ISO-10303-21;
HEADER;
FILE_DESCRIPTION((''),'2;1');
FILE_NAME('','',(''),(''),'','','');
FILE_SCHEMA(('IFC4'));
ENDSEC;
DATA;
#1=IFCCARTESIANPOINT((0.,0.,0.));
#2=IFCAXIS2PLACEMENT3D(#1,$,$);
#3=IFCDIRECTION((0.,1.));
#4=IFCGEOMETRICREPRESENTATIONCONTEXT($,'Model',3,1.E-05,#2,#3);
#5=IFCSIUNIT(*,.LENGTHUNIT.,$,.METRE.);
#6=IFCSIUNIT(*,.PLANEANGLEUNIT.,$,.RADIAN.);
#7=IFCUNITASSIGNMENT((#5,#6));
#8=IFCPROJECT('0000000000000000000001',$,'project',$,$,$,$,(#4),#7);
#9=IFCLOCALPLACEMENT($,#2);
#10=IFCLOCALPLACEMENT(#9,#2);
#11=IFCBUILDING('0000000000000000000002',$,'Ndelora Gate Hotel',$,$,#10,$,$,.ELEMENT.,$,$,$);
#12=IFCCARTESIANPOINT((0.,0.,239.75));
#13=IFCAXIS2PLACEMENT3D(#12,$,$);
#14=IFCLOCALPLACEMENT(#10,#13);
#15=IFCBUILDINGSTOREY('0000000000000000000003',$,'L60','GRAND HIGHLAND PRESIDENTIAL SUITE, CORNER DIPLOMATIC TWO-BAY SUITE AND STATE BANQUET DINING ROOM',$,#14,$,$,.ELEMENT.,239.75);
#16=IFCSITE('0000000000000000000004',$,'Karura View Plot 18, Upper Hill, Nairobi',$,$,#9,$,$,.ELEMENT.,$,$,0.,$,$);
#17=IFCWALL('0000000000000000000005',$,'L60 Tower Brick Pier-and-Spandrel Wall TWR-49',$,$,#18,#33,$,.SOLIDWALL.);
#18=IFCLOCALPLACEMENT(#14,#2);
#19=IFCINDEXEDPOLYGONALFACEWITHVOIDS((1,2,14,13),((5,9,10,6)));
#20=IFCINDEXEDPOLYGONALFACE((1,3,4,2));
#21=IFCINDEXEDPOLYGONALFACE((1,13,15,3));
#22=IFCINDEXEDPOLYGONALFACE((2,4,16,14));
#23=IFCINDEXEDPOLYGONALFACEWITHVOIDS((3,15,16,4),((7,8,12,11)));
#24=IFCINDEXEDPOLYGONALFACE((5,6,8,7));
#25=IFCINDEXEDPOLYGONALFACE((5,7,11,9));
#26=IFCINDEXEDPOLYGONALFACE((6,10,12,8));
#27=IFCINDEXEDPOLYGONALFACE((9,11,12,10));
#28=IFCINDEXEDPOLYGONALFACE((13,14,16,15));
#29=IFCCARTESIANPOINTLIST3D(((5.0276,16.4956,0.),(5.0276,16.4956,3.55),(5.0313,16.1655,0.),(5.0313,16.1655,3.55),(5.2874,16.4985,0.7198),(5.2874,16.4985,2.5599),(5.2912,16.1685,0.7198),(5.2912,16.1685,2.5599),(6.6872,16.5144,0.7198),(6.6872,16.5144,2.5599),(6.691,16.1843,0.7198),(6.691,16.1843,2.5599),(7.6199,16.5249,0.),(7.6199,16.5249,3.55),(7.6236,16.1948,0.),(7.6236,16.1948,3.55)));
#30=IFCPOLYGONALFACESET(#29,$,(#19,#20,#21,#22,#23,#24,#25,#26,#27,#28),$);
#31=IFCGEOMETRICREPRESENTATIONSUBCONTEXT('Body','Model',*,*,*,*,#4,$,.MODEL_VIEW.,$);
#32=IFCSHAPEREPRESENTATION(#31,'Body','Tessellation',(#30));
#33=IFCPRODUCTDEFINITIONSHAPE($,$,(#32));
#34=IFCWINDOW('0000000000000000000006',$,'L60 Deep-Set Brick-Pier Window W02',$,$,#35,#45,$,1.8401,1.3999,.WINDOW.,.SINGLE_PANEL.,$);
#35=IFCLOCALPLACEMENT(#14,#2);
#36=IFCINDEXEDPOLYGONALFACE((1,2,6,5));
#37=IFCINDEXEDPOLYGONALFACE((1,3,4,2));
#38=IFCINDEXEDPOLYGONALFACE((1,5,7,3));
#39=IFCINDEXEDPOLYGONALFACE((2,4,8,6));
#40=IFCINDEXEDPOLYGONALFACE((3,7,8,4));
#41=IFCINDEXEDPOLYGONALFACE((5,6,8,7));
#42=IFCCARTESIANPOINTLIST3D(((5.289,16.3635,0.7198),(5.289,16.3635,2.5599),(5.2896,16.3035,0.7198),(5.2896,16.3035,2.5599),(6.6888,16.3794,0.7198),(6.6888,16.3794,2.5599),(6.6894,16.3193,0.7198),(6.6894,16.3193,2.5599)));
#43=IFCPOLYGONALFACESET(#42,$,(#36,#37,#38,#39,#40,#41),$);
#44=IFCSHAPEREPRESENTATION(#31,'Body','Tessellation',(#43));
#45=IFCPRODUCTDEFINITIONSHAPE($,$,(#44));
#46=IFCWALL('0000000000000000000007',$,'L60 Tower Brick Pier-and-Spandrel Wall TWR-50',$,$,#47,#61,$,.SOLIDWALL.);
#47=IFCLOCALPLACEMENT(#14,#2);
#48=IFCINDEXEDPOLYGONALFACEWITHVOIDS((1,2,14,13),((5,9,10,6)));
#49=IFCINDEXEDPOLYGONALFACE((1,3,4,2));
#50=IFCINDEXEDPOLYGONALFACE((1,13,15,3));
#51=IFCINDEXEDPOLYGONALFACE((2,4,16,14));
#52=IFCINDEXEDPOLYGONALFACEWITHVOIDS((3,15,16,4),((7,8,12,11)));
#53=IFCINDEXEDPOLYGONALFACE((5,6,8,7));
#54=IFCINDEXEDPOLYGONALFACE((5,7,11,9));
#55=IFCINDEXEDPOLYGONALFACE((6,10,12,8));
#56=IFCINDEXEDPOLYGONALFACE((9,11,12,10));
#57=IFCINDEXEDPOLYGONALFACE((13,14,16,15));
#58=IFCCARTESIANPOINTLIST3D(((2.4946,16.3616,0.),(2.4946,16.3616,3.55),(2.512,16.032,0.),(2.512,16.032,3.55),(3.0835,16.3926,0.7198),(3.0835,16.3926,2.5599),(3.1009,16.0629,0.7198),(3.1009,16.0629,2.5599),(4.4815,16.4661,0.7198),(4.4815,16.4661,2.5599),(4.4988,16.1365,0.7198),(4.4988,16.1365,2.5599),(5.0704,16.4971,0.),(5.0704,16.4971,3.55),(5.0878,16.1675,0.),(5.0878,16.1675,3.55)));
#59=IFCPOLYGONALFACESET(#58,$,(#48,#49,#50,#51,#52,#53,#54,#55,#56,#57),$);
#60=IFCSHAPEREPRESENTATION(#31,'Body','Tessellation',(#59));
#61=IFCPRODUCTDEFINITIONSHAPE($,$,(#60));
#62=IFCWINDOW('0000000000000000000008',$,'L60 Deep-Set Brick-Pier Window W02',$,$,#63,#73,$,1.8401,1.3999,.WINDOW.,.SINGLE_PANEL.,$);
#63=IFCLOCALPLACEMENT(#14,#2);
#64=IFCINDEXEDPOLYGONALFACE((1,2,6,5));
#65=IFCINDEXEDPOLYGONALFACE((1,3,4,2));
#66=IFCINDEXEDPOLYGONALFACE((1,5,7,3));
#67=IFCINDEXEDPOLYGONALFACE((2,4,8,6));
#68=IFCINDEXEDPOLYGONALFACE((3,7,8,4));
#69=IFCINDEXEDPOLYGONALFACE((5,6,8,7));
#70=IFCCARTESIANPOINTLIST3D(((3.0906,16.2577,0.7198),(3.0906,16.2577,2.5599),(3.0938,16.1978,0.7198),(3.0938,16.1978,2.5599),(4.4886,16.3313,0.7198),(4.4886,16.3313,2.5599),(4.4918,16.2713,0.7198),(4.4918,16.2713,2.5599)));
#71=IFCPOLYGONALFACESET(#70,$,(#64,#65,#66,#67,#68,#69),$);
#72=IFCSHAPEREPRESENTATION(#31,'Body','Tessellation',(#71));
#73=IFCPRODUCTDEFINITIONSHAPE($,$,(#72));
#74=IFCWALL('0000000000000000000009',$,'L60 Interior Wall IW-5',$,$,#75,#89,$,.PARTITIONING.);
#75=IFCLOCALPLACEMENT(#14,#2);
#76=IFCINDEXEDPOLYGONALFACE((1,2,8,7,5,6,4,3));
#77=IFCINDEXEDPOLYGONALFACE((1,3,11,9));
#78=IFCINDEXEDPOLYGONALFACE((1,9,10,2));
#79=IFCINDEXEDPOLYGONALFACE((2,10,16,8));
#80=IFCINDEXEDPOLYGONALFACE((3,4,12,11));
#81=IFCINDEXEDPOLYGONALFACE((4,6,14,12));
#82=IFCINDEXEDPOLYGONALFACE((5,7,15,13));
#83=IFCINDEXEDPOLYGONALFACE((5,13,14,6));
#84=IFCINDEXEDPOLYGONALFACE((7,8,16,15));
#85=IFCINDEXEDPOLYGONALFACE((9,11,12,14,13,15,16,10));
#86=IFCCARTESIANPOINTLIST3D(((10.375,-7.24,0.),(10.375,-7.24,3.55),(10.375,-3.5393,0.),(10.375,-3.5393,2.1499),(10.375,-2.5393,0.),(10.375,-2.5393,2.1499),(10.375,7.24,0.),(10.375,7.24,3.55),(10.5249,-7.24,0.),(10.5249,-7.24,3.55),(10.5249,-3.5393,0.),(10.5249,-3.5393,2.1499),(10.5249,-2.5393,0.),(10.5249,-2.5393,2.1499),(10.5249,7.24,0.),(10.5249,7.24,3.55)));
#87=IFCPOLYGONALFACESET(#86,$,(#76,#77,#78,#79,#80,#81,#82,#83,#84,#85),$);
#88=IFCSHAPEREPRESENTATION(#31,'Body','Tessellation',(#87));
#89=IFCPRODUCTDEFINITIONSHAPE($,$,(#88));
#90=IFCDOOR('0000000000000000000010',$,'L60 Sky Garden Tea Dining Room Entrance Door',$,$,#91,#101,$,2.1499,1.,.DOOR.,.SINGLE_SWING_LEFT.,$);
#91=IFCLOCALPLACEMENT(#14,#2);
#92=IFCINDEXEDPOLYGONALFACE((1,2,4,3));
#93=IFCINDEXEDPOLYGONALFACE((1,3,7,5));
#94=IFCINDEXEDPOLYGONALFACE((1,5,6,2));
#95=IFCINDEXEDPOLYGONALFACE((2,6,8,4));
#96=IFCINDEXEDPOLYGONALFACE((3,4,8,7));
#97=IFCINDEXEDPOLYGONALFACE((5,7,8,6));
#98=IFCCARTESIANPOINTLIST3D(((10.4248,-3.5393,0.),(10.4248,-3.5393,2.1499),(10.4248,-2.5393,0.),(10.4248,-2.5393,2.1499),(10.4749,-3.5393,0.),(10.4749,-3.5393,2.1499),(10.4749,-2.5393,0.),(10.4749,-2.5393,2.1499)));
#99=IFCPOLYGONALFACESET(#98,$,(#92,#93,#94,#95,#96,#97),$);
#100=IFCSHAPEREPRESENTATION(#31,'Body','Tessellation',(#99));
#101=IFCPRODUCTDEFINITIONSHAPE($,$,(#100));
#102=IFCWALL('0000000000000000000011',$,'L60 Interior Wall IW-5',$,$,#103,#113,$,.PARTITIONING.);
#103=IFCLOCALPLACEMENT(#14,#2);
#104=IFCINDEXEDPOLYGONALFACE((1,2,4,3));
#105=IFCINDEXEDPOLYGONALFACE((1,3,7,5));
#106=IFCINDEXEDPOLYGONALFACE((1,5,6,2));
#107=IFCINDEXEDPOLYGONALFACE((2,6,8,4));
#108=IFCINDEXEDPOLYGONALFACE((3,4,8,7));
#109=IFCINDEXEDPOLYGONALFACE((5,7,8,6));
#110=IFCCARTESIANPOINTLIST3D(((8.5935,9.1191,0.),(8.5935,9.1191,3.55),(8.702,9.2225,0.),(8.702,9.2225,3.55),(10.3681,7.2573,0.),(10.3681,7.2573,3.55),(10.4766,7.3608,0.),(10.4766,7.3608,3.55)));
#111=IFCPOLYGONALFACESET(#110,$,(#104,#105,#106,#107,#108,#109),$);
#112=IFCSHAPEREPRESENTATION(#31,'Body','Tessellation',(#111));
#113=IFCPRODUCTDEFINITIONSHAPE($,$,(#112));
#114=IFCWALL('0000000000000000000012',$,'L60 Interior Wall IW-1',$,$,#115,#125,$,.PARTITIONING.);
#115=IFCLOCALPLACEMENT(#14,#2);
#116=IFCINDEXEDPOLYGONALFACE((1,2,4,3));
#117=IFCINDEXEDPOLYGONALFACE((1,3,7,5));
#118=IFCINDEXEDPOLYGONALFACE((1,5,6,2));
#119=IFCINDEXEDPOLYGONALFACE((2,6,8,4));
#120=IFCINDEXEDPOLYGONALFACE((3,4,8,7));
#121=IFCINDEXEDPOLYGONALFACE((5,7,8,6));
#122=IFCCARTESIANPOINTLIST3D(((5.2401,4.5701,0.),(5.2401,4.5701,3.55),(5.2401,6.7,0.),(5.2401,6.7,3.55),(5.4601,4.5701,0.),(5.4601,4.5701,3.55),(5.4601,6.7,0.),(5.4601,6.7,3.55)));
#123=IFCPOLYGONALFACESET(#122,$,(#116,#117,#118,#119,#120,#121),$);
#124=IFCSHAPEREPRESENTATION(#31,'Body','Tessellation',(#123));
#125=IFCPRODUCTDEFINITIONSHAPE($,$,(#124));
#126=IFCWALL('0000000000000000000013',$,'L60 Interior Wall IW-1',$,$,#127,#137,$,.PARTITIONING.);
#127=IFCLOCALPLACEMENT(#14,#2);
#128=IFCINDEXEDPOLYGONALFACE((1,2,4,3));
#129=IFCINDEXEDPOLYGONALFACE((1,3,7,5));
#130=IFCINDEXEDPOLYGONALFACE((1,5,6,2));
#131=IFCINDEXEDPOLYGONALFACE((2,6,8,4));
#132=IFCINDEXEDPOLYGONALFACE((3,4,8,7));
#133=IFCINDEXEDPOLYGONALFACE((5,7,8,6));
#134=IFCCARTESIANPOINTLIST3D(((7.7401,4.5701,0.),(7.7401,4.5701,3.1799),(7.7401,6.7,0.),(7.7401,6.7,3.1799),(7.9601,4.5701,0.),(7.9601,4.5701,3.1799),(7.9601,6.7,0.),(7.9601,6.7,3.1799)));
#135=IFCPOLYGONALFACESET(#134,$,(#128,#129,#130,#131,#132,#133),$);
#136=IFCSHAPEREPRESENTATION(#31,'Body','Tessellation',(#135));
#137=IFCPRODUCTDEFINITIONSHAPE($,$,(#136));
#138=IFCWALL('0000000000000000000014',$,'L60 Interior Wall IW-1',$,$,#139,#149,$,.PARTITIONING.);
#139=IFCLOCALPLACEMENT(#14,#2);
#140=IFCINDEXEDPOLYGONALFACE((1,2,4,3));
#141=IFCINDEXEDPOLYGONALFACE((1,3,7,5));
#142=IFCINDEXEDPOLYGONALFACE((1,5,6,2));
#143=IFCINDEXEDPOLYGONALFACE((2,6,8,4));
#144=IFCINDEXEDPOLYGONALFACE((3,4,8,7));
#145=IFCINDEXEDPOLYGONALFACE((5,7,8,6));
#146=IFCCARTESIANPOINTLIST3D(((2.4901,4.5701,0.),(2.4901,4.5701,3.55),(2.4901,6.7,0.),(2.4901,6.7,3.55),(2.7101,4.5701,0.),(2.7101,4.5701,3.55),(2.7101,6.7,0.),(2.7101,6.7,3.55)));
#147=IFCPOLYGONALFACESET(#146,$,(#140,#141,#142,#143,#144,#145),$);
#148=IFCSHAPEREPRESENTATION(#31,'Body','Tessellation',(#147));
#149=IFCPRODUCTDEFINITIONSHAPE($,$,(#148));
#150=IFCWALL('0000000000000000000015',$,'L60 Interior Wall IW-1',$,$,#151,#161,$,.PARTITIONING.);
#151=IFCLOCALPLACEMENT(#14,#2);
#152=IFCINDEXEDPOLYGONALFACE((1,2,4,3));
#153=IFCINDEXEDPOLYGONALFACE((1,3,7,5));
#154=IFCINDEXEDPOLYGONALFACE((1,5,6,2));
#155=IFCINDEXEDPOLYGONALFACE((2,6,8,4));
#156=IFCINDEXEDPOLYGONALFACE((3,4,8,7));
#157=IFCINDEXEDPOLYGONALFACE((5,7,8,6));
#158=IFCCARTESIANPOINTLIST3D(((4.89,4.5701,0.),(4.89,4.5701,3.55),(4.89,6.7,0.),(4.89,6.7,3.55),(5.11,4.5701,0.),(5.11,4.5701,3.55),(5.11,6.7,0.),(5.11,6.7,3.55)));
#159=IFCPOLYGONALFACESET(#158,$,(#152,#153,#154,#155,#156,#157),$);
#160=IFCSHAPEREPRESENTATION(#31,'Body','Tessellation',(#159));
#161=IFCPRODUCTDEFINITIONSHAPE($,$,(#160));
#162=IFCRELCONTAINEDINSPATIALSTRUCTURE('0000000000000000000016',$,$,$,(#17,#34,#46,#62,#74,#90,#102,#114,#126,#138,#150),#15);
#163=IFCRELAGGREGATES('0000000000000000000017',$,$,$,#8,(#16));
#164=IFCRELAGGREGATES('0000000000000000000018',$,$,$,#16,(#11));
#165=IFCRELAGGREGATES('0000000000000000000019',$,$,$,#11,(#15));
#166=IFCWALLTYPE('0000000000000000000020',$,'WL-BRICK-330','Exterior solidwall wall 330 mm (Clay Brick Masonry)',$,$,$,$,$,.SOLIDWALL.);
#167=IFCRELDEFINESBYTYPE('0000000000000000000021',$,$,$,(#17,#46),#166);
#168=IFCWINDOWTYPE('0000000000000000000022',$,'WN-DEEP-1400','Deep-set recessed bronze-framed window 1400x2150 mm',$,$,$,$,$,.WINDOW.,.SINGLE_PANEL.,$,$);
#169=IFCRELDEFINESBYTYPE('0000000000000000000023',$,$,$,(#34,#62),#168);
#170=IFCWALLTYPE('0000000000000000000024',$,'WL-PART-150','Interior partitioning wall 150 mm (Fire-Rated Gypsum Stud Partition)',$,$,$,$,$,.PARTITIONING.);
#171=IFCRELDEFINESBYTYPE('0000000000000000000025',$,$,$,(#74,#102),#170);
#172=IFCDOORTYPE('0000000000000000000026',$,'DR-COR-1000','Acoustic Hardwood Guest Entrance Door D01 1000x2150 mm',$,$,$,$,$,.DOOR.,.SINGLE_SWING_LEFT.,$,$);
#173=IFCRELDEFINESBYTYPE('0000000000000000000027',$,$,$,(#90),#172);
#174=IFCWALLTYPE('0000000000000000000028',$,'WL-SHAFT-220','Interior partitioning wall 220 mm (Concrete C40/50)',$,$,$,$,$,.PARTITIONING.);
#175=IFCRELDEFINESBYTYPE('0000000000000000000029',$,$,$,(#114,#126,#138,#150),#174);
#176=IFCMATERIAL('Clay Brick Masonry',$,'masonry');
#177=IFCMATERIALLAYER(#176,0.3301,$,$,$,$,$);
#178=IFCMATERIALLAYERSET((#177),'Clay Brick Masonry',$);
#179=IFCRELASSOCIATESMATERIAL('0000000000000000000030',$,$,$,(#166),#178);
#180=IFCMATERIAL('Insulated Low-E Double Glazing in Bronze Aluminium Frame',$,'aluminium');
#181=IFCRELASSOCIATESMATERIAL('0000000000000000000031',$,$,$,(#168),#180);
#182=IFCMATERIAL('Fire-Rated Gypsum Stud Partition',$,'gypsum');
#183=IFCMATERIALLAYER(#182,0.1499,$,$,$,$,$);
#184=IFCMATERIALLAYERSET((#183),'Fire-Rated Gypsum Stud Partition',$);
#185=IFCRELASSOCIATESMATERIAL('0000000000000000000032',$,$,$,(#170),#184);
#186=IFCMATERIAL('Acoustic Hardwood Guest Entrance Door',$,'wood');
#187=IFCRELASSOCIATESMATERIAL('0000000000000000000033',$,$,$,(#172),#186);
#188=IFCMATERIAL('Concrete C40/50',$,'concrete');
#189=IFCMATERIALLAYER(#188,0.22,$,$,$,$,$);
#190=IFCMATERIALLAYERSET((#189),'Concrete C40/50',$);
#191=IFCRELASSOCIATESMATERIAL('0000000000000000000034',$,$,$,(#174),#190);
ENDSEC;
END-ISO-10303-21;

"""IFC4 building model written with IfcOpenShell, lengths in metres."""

from ifc_helpers import new_model, si_unit, direction, frame, frame_2d, origin, place, context, subcontext, project, spatial, rectangle, extrude, material, layer, layer_set, type_object, element, fill, save


model = new_model("IFC4")

# Units and contexts
model_context = context("Model", 3, precision=1e-05, world=origin(), true_north=direction((0.0, 1.0)))
body_context = subcontext(model_context, "Body", "Model", "MODEL_VIEW")
ifc_project = project(units=[si_unit("LENGTHUNIT", "METRE"), si_unit("PLANEANGLEUNIT", "RADIAN")], contexts=[model_context])

# Site, building, storey
site_placement = place(None, origin())
site = spatial("IfcSite", under=ifc_project, at=site_placement, Name="Karura View Plot 18, Upper Hill, Nairobi", CompositionType="ELEMENT", RefElevation=0.0)
building_placement = place(site_placement, origin())
building = spatial("IfcBuilding", under=site, at=building_placement, Name="Ndelora Gate Hotel", CompositionType="ELEMENT")
storey_placement = place(building_placement, frame((0.0, 0.0, 239.75)))
storey = spatial("IfcBuildingStorey", under=building, at=storey_placement, Name="L60", Description="GRAND HIGHLAND PRESIDENTIAL SUITE, CORNER DIPLOMATIC TWO-BAY SUITE AND STATE BANQUET DINING ROOM", CompositionType="ELEMENT", Elevation=239.75)

# Walls, openings, windows
ifc_material_1 = material(Name="Clay Brick Masonry", Category="masonry")
ifc_layer_1 = layer(ifc_material_1, 0.3301)
ifc_layer_set_1 = layer_set([ifc_layer_1], Name="Clay Brick Masonry")
wall_type_1 = type_object("IfcWallType", Name="WL-BRICK-330", Description="Exterior solidwall wall 330 mm (Clay Brick Masonry)", PredefinedType="SOLIDWALL", material=ifc_layer_set_1)
ifc_material_2 = material(Name="Insulated Low-E Double Glazing in Bronze Aluminium Frame", Category="aluminium")
window_type = type_object("IfcWindowType", Name="WN-DEEP-1400", Description="Deep-set recessed bronze-framed window 1400x2150 mm", PartitioningType="SINGLE_PANEL", PredefinedType="WINDOW", material=ifc_material_2)
wall_1_placement = place(storey_placement, frame((5.0293, 16.3306, 0.0), z_axis=(0.0, 0.0, 1.0), x_axis=(0.999936, 0.011301, 0.0)))
wall_1 = element("IfcWall", 1, at=wall_1_placement, inside=storey, type_object=wall_type_1, Name="L60 Tower Brick Pier-and-Spandrel Wall TWR-49", PredefinedType="SOLIDWALL", context=body_context, shape_type="SweptSolid", body=[
    extrude(rectangle(XDim=2.5925, YDim=0.3301, at=frame_2d((1.2964, 0.0))), origin(), (0.0, 0.0, 1.0), 3.55),
])
opening_1_placement = place(wall_1_placement, frame((0.26, 0.0, 0.72)))
opening_1 = element("IfcOpeningElement", 2, at=opening_1_placement, cuts=wall_1, PredefinedType="OPENING", context=body_context, shape_type="SweptSolid", body=[
    extrude(rectangle(XDim=1.3999, YDim=1.8401, at=frame_2d((0.7, 0.9199))), frame((0.0, 0.175, 0.0), z_axis=(0.0, -1.0, 0.0), x_axis=(1.0, 0.0, 0.0)), (0.0, 0.0, 1.0), 0.3501),
])
window_1_placement = place(opening_1_placement, origin())
window_1 = element("IfcWindow", 3, at=window_1_placement, inside=storey, type_object=window_type, Name="L60 Deep-Set Brick-Pier Window W02", OverallHeight=1.8401, OverallWidth=1.3999, PartitioningType="SINGLE_PANEL", PredefinedType="WINDOW", context=body_context, shape_type="SweptSolid", body=[
    extrude(rectangle(XDim=1.3999, YDim=1.8401, at=frame_2d((0.7, 0.9199))), frame((0.0, 0.03, 0.0), z_axis=(0.0, -1.0, 0.0), x_axis=(1.0, 0.0, 0.0)), (0.0, 0.0, 1.0), 0.0601),
])
fill(opening_1, window_1)
wall_2_placement = place(storey_placement, frame((2.5034, 16.1968, 0.0), z_axis=(0.0, 0.0, 1.0), x_axis=(0.998619, 0.052534, 0.0)))
wall_2 = element("IfcWall", 4, at=wall_2_placement, inside=storey, type_object=wall_type_1, Name="L60 Tower Brick Pier-and-Spandrel Wall TWR-50", PredefinedType="SOLIDWALL", context=body_context, shape_type="SweptSolid", body=[
    extrude(rectangle(XDim=2.5793, YDim=0.3301, at=frame_2d((1.2896, 0.0))), origin(), (0.0, 0.0, 1.0), 3.55),
])
opening_2_placement = place(wall_2_placement, frame((0.5896, 0.0, 0.72)))
opening_2 = element("IfcOpeningElement", 5, at=opening_2_placement, cuts=wall_2, PredefinedType="OPENING", context=body_context, shape_type="SweptSolid", body=[
    extrude(rectangle(XDim=1.3999, YDim=1.8401, at=frame_2d((0.7, 0.9199))), frame((0.0, 0.175, 0.0), z_axis=(0.0, -1.0, 0.0), x_axis=(1.0, 0.0, 0.0)), (0.0, 0.0, 1.0), 0.3501),
])
window_2_placement = place(opening_2_placement, origin())
window_2 = element("IfcWindow", 6, at=window_2_placement, inside=storey, type_object=window_type, Name="L60 Deep-Set Brick-Pier Window W02", OverallHeight=1.8401, OverallWidth=1.3999, PartitioningType="SINGLE_PANEL", PredefinedType="WINDOW", context=body_context, shape_type="SweptSolid", body=[
    extrude(rectangle(XDim=1.3999, YDim=1.8401, at=frame_2d((0.7, 0.9199))), frame((0.0, 0.03, 0.0), z_axis=(0.0, -1.0, 0.0), x_axis=(1.0, 0.0, 0.0)), (0.0, 0.0, 1.0), 0.0601),
])
fill(opening_2, window_2)

# Wall, opening, door
ifc_material_3 = material(Name="Fire-Rated Gypsum Stud Partition", Category="gypsum")
ifc_layer_2 = layer(ifc_material_3, 0.1499)
ifc_layer_set_2 = layer_set([ifc_layer_2], Name="Fire-Rated Gypsum Stud Partition")
wall_type_2 = type_object("IfcWallType", Name="WL-PART-150", Description="Interior partitioning wall 150 mm (Fire-Rated Gypsum Stud Partition)", PredefinedType="PARTITIONING", material=ifc_layer_set_2)
wall_3_placement = place(storey_placement, frame((10.45, 7.24, 0.0), z_axis=(0.0, 0.0, 1.0), x_axis=(0.0, -1.0, 0.0)))
wall_3 = element("IfcWall", 7, at=wall_3_placement, inside=storey, type_object=wall_type_2, Name="L60 Interior Wall IW-5", PredefinedType="PARTITIONING", context=body_context, shape_type="SweptSolid", body=[
    extrude(rectangle(XDim=14.48, YDim=0.1499, at=frame_2d((7.24, 0.0))), origin(), (0.0, 0.0, 1.0), 3.55),
])
opening_3_placement = place(wall_3_placement, frame((9.7793, 0.0, 0.0)))
opening_3 = element("IfcOpeningElement", 8, at=opening_3_placement, cuts=wall_3, PredefinedType="OPENING", context=body_context, shape_type="SweptSolid", body=[
    extrude(rectangle(XDim=1.0, YDim=2.1499, at=frame_2d((0.5, 1.075))), frame((0.0, 0.085, 0.0), z_axis=(0.0, -1.0, 0.0), x_axis=(1.0, 0.0, 0.0)), (0.0, 0.0, 1.0), 0.1699),
])
ifc_material_4 = material(Name="Acoustic Hardwood Guest Entrance Door", Category="wood")
door_type_1 = type_object("IfcDoorType", Name="DR-COR-1000", Description="Acoustic Hardwood Guest Entrance Door D01 1000x2150 mm", OperationType="SINGLE_SWING_LEFT", PredefinedType="DOOR", material=ifc_material_4)
door_1_placement = place(opening_3_placement, origin())
door_1 = element("IfcDoor", 9, at=door_1_placement, inside=storey, type_object=door_type_1, Name="L60 Sky Garden Tea Dining Room Entrance Door", OperationType="SINGLE_SWING_LEFT", OverallHeight=2.1499, OverallWidth=1.0, PredefinedType="DOOR", context=body_context, shape_type="SweptSolid", body=[
    extrude(rectangle(XDim=1.0, YDim=2.1499, at=frame_2d((0.5, 1.075))), frame((0.0, 0.0249, 0.0), z_axis=(0.0, -1.0, 0.0), x_axis=(1.0, 0.0, 0.0)), (0.0, 0.0, 1.0), 0.05),
])
fill(opening_3, door_1)

# Wall
wall_4_placement = place(storey_placement, frame((8.6477, 9.1709, 0.0), z_axis=(0.0, 0.0, 1.0), x_axis=(0.689961, -0.723847, 0.0)))
element("IfcWall", 10, at=wall_4_placement, inside=storey, type_object=wall_type_2, Name="L60 Interior Wall IW-5", PredefinedType="PARTITIONING", context=body_context, shape_type="SweptSolid", body=[
    extrude(rectangle(XDim=2.572, YDim=0.1499, at=frame_2d((1.2861, 0.0))), origin(), (0.0, 0.0, 1.0), 3.55),
])

# Shared definitions
ifc_material_5 = material(Name="Concrete C40/50", Category="concrete")
ifc_layer_3 = layer(ifc_material_5, 0.22)
ifc_layer_set_3 = layer_set([ifc_layer_3], Name="Concrete C40/50")
wall_type_3 = type_object("IfcWallType", Name="WL-SHAFT-220", Description="Interior partitioning wall 220 mm (Concrete C40/50)", PredefinedType="PARTITIONING", material=ifc_layer_set_3)

# Walls
wall_5_placement = place(storey_placement, frame((5.3501, 4.5701, 0.0), z_axis=(0.0, 0.0, 1.0), x_axis=(0.0, 1.0, 0.0)))
element("IfcWall", 11, at=wall_5_placement, inside=storey, type_object=wall_type_3, Name="L60 Interior Wall IW-1", PredefinedType="PARTITIONING", context=body_context, shape_type="SweptSolid", body=[
    extrude(rectangle(XDim=2.1299, YDim=0.22, at=frame_2d((1.0649, 0.0))), origin(), (0.0, 0.0, 1.0), 3.55),
])
wall_6_placement = place(storey_placement, frame((7.8501, 4.5701, 0.0), z_axis=(0.0, 0.0, 1.0), x_axis=(0.0, 1.0, 0.0)))
element("IfcWall", 12, at=wall_6_placement, inside=storey, type_object=wall_type_3, Name="L60 Interior Wall IW-1", PredefinedType="PARTITIONING", context=body_context, shape_type="SweptSolid", body=[
    extrude(rectangle(XDim=2.1299, YDim=0.22, at=frame_2d((1.0649, 0.0))), origin(), (0.0, 0.0, 1.0), 3.1799),
])

# Walls
for number, where, z_axis, x_axis, name in (
    (13, (2.6001, 4.5701, 0.0), (0.0, 0.0, 1.0), (0.0, 1.0, 0.0), "L60 Interior Wall IW-1"),
    (14, (5.0, 4.5701, 0.0), (0.0, 0.0, 1.0), (0.0, 1.0, 0.0), "L60 Interior Wall IW-1"),
):
    element("IfcWall", number, at=place(storey_placement, frame(where, z_axis=z_axis, x_axis=x_axis)), inside=storey, type_object=wall_type_3, Name=name, PredefinedType="PARTITIONING", context=body_context, shape_type="SweptSolid", body=[
        extrude(rectangle(XDim=2.1299, YDim=0.22, at=frame_2d((1.0649, 0.0))), origin(), (0.0, 0.0, 1.0), 3.55),
    ])

save(model, "model.ifc")
